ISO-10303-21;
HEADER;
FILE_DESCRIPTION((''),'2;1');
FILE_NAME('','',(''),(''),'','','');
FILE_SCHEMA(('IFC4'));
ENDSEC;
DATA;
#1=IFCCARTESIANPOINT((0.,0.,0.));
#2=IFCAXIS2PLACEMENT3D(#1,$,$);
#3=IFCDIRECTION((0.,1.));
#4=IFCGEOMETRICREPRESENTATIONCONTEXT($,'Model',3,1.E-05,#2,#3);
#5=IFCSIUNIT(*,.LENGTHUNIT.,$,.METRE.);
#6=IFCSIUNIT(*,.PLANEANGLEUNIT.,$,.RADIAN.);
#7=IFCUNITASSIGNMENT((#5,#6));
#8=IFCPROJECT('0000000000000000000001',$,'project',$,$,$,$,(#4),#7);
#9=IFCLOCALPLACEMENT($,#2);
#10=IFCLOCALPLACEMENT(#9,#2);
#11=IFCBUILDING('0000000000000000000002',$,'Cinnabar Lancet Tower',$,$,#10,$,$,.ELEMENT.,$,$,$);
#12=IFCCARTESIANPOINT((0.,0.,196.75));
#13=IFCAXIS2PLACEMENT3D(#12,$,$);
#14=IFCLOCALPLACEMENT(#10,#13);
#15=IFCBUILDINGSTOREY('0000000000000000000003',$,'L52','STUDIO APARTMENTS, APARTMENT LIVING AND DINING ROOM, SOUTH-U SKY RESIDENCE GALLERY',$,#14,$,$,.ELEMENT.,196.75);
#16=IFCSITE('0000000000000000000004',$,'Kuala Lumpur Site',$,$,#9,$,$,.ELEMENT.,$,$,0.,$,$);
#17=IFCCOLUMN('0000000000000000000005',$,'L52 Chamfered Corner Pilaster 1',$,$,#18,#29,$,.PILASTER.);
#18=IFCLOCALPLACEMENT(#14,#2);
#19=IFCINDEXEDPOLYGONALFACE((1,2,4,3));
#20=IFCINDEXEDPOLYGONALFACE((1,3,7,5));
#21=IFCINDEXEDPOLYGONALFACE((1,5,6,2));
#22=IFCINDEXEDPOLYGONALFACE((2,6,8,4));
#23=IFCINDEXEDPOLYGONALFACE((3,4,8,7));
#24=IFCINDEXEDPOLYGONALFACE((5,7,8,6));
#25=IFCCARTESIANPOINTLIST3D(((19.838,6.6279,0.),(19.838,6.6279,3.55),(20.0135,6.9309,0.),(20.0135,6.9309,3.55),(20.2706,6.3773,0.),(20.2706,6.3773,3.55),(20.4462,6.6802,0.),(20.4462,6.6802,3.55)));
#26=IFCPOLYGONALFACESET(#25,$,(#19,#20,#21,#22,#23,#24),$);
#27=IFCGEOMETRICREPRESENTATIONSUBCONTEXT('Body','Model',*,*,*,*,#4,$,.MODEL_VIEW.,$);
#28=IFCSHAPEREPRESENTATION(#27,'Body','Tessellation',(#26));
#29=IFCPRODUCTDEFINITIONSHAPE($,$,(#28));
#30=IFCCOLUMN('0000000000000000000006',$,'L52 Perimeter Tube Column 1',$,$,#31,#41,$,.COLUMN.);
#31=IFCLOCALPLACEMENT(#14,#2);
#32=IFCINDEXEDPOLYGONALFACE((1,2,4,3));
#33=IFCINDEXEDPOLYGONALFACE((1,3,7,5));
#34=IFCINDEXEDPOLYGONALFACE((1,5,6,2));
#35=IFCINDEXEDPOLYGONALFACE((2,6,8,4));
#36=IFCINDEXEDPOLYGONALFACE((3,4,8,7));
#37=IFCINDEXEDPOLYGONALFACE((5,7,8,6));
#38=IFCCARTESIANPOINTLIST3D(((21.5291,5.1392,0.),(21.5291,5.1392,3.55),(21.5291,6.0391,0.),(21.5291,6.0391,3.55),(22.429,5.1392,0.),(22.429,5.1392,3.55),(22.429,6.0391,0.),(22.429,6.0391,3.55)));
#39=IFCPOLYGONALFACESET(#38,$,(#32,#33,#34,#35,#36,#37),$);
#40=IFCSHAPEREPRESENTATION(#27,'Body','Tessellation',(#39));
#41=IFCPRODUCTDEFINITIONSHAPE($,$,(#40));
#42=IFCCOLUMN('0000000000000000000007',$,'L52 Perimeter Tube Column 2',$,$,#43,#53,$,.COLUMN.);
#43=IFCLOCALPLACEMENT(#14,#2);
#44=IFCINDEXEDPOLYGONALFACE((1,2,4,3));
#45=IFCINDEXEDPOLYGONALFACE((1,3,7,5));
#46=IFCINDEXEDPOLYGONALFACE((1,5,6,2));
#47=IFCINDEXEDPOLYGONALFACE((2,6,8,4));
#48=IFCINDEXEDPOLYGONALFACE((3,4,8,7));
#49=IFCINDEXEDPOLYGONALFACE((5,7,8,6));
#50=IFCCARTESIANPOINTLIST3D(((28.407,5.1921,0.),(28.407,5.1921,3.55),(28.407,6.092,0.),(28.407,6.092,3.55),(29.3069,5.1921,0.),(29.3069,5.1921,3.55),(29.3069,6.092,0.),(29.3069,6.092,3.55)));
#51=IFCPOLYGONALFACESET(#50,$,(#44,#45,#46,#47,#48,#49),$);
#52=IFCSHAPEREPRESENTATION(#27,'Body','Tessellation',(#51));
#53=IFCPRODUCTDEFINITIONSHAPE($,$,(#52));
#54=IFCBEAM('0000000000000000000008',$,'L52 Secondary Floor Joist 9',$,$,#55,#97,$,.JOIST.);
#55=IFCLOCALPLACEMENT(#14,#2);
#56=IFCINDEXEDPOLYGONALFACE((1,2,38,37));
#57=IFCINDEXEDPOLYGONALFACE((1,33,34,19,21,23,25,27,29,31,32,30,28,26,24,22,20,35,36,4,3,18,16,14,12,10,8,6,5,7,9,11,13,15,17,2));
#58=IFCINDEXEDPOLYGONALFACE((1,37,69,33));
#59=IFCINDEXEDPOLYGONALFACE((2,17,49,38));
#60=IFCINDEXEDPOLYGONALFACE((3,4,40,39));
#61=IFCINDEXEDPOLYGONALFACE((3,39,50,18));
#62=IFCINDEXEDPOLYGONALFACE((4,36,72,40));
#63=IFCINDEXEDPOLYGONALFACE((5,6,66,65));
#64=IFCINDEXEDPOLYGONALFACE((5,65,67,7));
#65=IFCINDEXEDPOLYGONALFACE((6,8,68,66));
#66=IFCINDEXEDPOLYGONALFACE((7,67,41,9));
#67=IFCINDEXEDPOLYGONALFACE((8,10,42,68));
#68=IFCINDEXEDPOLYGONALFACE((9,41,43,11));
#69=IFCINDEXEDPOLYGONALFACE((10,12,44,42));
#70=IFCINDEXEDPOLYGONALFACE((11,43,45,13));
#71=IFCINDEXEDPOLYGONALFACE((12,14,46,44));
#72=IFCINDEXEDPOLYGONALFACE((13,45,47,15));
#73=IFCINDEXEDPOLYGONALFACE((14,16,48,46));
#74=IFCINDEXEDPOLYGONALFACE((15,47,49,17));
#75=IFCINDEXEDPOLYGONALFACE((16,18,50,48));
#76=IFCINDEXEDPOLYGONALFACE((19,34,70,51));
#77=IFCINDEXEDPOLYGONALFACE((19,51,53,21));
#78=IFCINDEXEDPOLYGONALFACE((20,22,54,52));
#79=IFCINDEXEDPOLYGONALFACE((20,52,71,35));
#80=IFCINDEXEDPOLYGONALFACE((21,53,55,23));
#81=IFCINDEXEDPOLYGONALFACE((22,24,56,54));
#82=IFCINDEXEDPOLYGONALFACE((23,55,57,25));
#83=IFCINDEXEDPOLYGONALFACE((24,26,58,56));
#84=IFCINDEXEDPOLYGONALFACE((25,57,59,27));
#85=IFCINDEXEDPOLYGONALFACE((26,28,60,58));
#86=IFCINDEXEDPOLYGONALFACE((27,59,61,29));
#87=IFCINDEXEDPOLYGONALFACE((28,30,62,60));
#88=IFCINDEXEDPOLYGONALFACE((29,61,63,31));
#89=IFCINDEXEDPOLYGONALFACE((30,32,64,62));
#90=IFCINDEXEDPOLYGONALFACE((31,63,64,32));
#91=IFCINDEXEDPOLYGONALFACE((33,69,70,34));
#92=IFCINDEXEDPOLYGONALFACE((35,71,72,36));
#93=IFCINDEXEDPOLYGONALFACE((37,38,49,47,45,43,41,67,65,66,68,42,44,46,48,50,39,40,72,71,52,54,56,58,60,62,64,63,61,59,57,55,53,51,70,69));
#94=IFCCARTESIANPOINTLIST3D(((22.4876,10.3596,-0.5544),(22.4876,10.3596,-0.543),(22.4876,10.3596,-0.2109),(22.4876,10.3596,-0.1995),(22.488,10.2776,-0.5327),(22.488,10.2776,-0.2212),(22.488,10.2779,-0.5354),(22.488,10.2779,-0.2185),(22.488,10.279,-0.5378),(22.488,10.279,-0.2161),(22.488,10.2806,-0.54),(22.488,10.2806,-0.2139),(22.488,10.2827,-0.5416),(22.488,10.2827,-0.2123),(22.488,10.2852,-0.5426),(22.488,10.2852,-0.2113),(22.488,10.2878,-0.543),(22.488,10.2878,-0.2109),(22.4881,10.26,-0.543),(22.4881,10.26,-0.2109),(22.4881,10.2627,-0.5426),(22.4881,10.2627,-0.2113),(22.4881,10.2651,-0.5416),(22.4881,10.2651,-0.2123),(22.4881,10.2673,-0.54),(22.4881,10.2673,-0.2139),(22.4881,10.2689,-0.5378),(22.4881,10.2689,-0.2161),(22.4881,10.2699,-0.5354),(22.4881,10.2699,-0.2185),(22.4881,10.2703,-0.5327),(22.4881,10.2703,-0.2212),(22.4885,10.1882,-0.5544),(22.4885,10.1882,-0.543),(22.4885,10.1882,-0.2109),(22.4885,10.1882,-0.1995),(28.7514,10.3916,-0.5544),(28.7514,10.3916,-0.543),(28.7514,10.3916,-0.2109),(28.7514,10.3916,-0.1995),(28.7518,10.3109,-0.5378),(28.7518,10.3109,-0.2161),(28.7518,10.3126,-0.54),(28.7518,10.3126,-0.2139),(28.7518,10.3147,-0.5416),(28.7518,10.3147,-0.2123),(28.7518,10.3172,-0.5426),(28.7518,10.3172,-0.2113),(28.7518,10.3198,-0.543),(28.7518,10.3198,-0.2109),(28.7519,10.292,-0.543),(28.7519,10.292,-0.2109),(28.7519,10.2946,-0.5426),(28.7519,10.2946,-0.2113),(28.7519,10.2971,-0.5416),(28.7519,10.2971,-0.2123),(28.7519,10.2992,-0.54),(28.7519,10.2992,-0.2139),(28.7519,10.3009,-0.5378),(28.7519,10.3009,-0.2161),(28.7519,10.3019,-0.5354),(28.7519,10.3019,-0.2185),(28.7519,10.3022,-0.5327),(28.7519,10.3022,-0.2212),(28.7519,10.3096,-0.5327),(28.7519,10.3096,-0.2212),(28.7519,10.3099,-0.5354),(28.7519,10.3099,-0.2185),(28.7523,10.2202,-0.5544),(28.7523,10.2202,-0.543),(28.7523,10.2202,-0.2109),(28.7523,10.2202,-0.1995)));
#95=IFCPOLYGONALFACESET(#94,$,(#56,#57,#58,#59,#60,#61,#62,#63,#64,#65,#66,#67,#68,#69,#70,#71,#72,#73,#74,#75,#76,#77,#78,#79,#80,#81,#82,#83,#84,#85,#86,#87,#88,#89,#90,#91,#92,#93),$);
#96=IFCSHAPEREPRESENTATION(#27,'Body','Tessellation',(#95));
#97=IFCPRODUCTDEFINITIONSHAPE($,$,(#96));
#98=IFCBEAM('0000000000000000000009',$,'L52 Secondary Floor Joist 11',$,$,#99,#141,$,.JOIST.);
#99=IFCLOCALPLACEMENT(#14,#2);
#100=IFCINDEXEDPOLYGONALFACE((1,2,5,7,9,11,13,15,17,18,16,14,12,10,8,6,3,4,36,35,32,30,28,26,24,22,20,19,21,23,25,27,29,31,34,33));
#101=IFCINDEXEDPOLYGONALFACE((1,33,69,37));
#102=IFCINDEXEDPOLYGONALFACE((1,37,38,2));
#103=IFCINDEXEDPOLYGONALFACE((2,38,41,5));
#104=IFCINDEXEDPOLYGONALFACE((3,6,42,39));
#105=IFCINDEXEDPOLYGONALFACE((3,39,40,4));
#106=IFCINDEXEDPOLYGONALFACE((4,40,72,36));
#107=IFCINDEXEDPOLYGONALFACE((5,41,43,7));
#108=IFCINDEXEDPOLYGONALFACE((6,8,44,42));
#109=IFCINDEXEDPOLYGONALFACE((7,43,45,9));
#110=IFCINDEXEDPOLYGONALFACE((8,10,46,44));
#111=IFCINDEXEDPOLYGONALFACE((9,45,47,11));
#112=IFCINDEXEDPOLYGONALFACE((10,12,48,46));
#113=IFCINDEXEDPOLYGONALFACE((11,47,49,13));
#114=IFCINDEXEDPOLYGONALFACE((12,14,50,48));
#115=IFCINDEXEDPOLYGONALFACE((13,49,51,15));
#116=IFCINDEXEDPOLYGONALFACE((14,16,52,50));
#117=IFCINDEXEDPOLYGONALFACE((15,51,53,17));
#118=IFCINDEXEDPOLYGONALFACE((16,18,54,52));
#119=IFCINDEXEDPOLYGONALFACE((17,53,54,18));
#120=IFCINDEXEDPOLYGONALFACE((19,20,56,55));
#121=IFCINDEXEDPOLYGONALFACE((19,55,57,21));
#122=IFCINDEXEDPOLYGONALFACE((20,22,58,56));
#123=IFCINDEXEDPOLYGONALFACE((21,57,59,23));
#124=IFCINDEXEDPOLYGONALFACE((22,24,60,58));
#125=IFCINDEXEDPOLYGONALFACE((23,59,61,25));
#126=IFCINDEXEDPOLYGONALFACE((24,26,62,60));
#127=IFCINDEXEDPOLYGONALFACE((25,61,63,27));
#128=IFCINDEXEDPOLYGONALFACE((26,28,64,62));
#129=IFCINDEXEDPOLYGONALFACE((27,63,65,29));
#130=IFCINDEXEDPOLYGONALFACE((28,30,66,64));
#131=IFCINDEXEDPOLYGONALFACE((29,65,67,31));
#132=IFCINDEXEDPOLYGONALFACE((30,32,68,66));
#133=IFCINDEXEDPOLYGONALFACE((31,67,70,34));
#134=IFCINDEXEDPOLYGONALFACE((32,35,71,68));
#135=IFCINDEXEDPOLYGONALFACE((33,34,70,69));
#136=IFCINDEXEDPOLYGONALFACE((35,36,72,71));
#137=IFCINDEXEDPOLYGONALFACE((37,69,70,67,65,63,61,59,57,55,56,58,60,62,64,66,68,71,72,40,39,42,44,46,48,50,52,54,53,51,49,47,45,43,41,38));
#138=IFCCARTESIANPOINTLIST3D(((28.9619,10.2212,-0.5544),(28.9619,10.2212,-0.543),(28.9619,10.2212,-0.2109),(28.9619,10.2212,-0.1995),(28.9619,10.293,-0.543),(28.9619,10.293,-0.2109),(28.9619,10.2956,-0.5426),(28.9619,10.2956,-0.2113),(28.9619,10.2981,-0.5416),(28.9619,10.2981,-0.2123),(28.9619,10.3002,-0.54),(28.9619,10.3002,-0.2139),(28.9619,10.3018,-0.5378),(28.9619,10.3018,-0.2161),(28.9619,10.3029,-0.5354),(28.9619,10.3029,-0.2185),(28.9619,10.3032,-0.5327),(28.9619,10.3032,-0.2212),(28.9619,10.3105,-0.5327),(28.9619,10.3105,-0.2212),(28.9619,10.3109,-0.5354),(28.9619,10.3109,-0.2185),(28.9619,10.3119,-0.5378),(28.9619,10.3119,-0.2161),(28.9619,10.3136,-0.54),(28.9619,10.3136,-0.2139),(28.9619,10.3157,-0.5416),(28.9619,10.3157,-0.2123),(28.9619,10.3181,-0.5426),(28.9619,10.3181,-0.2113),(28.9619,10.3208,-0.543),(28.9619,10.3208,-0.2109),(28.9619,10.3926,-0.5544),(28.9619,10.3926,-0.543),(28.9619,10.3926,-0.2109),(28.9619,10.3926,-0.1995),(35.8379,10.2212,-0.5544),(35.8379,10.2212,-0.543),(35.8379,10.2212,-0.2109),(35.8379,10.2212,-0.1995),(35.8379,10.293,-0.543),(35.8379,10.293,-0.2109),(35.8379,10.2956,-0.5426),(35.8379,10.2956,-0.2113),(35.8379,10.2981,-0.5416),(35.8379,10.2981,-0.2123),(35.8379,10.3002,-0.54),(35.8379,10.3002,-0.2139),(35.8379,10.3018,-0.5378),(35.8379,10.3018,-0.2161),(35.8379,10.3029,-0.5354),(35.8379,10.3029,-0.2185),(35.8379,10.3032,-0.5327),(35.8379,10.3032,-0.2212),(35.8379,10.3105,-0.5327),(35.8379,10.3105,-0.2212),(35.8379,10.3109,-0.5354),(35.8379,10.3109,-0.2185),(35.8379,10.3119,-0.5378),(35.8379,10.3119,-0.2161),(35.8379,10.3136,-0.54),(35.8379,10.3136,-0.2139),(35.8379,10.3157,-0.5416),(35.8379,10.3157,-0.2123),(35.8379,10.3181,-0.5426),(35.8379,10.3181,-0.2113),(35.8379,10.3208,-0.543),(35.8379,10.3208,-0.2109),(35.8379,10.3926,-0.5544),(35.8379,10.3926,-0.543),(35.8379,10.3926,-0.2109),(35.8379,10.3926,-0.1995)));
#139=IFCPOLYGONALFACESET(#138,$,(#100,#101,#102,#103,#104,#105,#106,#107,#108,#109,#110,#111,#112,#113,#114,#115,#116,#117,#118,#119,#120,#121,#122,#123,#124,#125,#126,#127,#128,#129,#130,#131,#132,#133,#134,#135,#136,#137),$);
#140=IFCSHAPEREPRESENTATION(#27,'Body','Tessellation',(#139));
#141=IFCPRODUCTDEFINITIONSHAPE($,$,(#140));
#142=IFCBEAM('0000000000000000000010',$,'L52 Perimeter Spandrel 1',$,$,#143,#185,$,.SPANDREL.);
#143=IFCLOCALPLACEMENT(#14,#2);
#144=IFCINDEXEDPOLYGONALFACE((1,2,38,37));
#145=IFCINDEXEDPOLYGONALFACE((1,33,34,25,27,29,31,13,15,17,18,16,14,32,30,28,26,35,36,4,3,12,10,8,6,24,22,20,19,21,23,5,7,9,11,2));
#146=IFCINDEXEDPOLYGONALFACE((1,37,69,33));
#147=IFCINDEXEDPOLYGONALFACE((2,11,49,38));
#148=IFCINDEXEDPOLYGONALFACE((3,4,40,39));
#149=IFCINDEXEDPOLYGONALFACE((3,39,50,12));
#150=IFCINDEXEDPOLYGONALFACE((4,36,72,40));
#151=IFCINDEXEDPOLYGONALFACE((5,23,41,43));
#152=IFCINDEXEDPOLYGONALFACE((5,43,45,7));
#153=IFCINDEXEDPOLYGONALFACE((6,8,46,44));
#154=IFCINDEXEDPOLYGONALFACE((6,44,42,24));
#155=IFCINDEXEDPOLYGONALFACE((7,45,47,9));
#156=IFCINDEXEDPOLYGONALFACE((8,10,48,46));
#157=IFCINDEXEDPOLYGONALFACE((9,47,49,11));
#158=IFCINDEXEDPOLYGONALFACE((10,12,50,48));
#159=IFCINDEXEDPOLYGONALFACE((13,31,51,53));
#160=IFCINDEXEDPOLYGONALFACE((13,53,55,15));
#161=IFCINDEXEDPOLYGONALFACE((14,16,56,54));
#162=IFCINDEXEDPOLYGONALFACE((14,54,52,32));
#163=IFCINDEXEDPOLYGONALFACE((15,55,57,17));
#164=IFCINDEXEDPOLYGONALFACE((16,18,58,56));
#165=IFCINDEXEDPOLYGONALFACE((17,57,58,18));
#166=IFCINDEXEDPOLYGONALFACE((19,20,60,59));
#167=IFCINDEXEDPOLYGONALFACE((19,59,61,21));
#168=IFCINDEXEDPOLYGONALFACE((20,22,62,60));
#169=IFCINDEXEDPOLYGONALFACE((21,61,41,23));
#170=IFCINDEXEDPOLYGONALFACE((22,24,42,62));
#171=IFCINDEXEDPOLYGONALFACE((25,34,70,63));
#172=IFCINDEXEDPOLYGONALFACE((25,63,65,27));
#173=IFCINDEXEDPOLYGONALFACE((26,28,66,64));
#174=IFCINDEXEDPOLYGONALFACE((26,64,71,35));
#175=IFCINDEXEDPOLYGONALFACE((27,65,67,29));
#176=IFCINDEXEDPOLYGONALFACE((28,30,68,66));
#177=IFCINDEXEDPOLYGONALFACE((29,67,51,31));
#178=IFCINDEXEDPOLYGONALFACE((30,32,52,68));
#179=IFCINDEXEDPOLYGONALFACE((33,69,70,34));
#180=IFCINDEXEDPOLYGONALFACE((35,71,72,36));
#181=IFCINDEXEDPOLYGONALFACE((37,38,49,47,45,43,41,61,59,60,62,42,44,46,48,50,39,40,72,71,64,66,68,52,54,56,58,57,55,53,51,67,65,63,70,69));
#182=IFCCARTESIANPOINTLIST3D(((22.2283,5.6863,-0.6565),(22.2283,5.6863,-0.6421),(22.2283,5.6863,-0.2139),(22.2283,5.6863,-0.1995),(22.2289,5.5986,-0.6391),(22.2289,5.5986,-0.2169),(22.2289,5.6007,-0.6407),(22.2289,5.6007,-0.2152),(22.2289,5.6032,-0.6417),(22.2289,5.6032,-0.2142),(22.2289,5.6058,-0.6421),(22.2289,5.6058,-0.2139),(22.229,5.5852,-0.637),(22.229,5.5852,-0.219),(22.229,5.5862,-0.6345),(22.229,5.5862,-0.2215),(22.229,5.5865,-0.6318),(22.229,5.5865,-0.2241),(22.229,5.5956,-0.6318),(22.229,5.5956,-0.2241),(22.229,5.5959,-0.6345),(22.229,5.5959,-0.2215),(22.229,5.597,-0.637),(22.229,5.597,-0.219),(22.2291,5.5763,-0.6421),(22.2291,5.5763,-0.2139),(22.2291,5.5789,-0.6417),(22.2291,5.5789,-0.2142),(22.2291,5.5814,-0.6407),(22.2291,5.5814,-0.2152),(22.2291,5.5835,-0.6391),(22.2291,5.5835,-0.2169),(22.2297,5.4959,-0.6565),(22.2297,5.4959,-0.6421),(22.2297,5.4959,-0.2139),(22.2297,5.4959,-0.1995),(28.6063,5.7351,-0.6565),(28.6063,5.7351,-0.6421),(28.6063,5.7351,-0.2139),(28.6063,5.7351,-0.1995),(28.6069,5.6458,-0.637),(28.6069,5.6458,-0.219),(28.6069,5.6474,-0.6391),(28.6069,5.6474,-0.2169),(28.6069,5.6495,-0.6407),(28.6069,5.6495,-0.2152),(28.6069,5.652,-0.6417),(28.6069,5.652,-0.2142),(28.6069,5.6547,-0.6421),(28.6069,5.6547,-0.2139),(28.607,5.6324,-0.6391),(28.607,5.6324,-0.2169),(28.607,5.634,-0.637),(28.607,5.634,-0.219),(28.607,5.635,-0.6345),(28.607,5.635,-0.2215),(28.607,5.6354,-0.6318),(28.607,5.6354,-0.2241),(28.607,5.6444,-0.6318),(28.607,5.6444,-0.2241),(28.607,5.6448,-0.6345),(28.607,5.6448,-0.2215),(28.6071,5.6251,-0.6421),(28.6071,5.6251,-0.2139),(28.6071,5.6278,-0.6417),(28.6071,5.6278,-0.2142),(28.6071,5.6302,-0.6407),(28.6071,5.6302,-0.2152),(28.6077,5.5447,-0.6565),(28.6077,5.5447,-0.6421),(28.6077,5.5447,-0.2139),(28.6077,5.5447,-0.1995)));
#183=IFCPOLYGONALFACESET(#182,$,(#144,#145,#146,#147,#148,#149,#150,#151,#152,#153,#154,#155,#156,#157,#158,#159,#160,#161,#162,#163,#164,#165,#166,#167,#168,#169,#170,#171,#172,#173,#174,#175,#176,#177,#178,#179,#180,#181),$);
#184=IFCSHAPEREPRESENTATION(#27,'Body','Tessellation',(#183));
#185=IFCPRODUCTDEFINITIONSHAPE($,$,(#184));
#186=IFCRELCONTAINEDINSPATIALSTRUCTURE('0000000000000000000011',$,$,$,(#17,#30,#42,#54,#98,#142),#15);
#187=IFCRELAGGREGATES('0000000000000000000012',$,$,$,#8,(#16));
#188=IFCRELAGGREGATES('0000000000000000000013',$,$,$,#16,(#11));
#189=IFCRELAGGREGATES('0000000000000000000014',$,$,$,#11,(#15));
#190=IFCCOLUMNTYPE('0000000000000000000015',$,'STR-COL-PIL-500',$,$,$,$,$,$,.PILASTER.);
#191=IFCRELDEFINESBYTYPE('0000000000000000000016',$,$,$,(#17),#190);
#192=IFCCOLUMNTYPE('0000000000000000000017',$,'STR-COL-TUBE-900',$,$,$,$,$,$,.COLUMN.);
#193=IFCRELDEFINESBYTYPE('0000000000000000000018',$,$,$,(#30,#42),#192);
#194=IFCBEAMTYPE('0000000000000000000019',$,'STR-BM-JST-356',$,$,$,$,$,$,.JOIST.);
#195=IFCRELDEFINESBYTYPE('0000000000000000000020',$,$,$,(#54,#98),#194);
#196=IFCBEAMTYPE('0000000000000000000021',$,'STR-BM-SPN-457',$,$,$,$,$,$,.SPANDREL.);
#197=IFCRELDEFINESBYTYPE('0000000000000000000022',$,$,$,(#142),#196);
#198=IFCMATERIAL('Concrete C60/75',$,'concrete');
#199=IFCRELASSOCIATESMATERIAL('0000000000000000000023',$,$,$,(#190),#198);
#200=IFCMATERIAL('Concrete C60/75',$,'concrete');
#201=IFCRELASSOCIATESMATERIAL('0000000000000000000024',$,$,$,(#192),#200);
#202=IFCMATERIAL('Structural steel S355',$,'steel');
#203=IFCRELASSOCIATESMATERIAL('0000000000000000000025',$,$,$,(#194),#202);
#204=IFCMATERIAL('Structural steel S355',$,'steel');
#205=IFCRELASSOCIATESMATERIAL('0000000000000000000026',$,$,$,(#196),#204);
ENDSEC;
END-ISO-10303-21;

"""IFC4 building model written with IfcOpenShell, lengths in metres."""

from ifc_helpers import new_model, si_unit, direction, frame, origin, origin_2d, place, context, subcontext, project, spatial, rectangle, i_section, extrude, material, material_profile, profile_set, type_object, element, save


model = new_model("IFC4")

# Units and contexts
model_context = context("Model", 3, precision=1e-05, world=origin(), true_north=direction((0.0, 1.0)))
body_context = subcontext(model_context, "Body", "Model", "MODEL_VIEW")
ifc_project = project(units=[si_unit("LENGTHUNIT", "METRE"), si_unit("PLANEANGLEUNIT", "RADIAN")], contexts=[model_context])

# Site, building, storey
site_placement = place(None, origin())
site = spatial("IfcSite", under=ifc_project, at=site_placement, Name="Kuala Lumpur Site", CompositionType="ELEMENT", RefElevation=0.0)
building_placement = place(site_placement, origin())
building = spatial("IfcBuilding", under=site, at=building_placement, Name="Cinnabar Lancet Tower", CompositionType="ELEMENT")
storey_placement = place(building_placement, frame((0.0, 0.0, 196.75)))
storey = spatial("IfcBuildingStorey", under=building, at=storey_placement, Name="L52", Description="STUDIO APARTMENTS, APARTMENT LIVING AND DINING ROOM, SOUTH-U SKY RESIDENCE GALLERY", CompositionType="ELEMENT", Elevation=196.75)

# Columns
ifc_material_1 = material(Name="Concrete C60/75", Category="concrete")
ifc_material_profile_1 = material_profile(ifc_material_1, rectangle(XDim=0.5, YDim=0.3501, at=origin_2d()), Name="RC-PIL 500x350")
ifc_profile_set_1 = profile_set([ifc_material_profile_1], Name="Concrete C60/75")
column_type_1 = type_object("IfcColumnType", Name="STR-COL-PIL-500", PredefinedType="PILASTER", material=ifc_profile_set_1)
column_placement = place(storey_placement, frame((20.1421, 6.6541, 0.0), z_axis=(0.0, 0.0, 1.0), x_axis=(0.86523, -0.501375, 0.0)))
element("IfcColumn", 1, at=column_placement, inside=storey, type_object=column_type_1, Name="L52 Chamfered Corner Pilaster 1", PredefinedType="PILASTER", context=body_context, shape_type="SweptSolid", body=[
    extrude(rectangle(XDim=0.5, YDim=0.3501, at=origin_2d()), origin(), (0.0, 0.0, 1.0), 3.55),
])
ifc_material_2 = material(Name="Concrete C60/75", Category="concrete")
ifc_material_profile_2 = material_profile(ifc_material_2, rectangle(XDim=0.8999, YDim=0.8999, at=origin_2d()), Name="RC-COL 900x900")
ifc_profile_set_2 = profile_set([ifc_material_profile_2], Name="Concrete C60/75")
column_type_2 = type_object("IfcColumnType", Name="STR-COL-TUBE-900", PredefinedType="COLUMN", material=ifc_profile_set_2)
for number, where, z_axis, x_axis, name in (
    (2, (21.979, 5.5891, 0.0), (0.0, 0.0, 1.0), (1.0, 0.0, 0.0), "L52 Perimeter Tube Column 1"),
    (3, (28.8569, 5.6421, 0.0), (0.0, 0.0, 1.0), (1.0, 0.0, 0.0), "L52 Perimeter Tube Column 2"),
):
    element("IfcColumn", number, at=place(storey_placement, frame(where, z_axis=z_axis, x_axis=x_axis)), inside=storey, type_object=column_type_2, Name=name, PredefinedType="COLUMN", context=body_context, shape_type="SweptSolid", body=[
        extrude(rectangle(XDim=0.8999, YDim=0.8999, at=origin_2d()), origin(), (0.0, 0.0, 1.0), 3.55),
    ])

# Beams
ifc_material_3 = material(Name="Structural steel S355", Category="steel")
ifc_material_profile_3 = material_profile(ifc_material_3, i_section(OverallWidth=0.1714, OverallDepth=0.355, WebThickness=0.0073, FlangeThickness=0.0115, FilletRadius=0.0103, at=origin_2d()), Name="UKB 356x171x51")
ifc_profile_set_3 = profile_set([ifc_material_profile_3], Name="Structural steel S355")
beam_type_1 = type_object("IfcBeamType", Name="STR-BM-JST-356", PredefinedType="JOIST", material=ifc_profile_set_3)
beam_1_placement = place(storey_placement, frame((22.488, 10.2739, -0.377), z_axis=(0.999987, 0.005106, 0.0), x_axis=(-0.005106, 0.999987, 0.0)))
element("IfcBeam", 4, at=beam_1_placement, inside=storey, type_object=beam_type_1, Name="L52 Secondary Floor Joist 9", PredefinedType="JOIST", context=body_context, shape_type="SweptSolid", body=[
    extrude(i_section(OverallWidth=0.1714, OverallDepth=0.355, WebThickness=0.0073, FlangeThickness=0.0115, FilletRadius=0.0103, at=origin_2d()), origin(), (0.0, 0.0, 1.0), 6.2639),
])
beam_2_placement = place(storey_placement, frame((28.9619, 10.3069, -0.377), z_axis=(1.0, 0.0, 0.0), x_axis=(0.0, 1.0, 0.0)))
element("IfcBeam", 5, at=beam_2_placement, inside=storey, type_object=beam_type_1, Name="L52 Secondary Floor Joist 11", PredefinedType="JOIST", context=body_context, shape_type="SweptSolid", body=[
    extrude(i_section(OverallWidth=0.1714, OverallDepth=0.355, WebThickness=0.0073, FlangeThickness=0.0115, FilletRadius=0.0103, at=origin_2d()), origin(), (0.0, 0.0, 1.0), 6.876),
])
ifc_material_4 = material(Name="Structural steel S355", Category="steel")
ifc_material_profile_4 = material_profile(ifc_material_4, i_section(OverallWidth=0.1904, OverallDepth=0.457, WebThickness=0.009, FlangeThickness=0.0144, FilletRadius=0.0103, at=origin_2d()), Name="UKB 457x191x74")
ifc_profile_set_4 = profile_set([ifc_material_profile_4], Name="Structural steel S355")
beam_type_2 = type_object("IfcBeamType", Name="STR-BM-SPN-457", PredefinedType="SPANDREL", material=ifc_profile_set_4)
beam_3_placement = place(storey_placement, frame((22.229, 5.5911, -0.428), z_axis=(0.999971, 0.007656, 0.0), x_axis=(-0.007656, 0.999971, 0.0)))
element("IfcBeam", 6, at=beam_3_placement, inside=storey, type_object=beam_type_2, Name="L52 Perimeter Spandrel 1", PredefinedType="SPANDREL", context=body_context, shape_type="SweptSolid", body=[
    extrude(i_section(OverallWidth=0.1904, OverallDepth=0.457, WebThickness=0.009, FlangeThickness=0.0144, FilletRadius=0.0103, at=origin_2d()), origin(), (0.0, 0.0, 1.0), 6.3782),
])

save(model, "model.ifc")
